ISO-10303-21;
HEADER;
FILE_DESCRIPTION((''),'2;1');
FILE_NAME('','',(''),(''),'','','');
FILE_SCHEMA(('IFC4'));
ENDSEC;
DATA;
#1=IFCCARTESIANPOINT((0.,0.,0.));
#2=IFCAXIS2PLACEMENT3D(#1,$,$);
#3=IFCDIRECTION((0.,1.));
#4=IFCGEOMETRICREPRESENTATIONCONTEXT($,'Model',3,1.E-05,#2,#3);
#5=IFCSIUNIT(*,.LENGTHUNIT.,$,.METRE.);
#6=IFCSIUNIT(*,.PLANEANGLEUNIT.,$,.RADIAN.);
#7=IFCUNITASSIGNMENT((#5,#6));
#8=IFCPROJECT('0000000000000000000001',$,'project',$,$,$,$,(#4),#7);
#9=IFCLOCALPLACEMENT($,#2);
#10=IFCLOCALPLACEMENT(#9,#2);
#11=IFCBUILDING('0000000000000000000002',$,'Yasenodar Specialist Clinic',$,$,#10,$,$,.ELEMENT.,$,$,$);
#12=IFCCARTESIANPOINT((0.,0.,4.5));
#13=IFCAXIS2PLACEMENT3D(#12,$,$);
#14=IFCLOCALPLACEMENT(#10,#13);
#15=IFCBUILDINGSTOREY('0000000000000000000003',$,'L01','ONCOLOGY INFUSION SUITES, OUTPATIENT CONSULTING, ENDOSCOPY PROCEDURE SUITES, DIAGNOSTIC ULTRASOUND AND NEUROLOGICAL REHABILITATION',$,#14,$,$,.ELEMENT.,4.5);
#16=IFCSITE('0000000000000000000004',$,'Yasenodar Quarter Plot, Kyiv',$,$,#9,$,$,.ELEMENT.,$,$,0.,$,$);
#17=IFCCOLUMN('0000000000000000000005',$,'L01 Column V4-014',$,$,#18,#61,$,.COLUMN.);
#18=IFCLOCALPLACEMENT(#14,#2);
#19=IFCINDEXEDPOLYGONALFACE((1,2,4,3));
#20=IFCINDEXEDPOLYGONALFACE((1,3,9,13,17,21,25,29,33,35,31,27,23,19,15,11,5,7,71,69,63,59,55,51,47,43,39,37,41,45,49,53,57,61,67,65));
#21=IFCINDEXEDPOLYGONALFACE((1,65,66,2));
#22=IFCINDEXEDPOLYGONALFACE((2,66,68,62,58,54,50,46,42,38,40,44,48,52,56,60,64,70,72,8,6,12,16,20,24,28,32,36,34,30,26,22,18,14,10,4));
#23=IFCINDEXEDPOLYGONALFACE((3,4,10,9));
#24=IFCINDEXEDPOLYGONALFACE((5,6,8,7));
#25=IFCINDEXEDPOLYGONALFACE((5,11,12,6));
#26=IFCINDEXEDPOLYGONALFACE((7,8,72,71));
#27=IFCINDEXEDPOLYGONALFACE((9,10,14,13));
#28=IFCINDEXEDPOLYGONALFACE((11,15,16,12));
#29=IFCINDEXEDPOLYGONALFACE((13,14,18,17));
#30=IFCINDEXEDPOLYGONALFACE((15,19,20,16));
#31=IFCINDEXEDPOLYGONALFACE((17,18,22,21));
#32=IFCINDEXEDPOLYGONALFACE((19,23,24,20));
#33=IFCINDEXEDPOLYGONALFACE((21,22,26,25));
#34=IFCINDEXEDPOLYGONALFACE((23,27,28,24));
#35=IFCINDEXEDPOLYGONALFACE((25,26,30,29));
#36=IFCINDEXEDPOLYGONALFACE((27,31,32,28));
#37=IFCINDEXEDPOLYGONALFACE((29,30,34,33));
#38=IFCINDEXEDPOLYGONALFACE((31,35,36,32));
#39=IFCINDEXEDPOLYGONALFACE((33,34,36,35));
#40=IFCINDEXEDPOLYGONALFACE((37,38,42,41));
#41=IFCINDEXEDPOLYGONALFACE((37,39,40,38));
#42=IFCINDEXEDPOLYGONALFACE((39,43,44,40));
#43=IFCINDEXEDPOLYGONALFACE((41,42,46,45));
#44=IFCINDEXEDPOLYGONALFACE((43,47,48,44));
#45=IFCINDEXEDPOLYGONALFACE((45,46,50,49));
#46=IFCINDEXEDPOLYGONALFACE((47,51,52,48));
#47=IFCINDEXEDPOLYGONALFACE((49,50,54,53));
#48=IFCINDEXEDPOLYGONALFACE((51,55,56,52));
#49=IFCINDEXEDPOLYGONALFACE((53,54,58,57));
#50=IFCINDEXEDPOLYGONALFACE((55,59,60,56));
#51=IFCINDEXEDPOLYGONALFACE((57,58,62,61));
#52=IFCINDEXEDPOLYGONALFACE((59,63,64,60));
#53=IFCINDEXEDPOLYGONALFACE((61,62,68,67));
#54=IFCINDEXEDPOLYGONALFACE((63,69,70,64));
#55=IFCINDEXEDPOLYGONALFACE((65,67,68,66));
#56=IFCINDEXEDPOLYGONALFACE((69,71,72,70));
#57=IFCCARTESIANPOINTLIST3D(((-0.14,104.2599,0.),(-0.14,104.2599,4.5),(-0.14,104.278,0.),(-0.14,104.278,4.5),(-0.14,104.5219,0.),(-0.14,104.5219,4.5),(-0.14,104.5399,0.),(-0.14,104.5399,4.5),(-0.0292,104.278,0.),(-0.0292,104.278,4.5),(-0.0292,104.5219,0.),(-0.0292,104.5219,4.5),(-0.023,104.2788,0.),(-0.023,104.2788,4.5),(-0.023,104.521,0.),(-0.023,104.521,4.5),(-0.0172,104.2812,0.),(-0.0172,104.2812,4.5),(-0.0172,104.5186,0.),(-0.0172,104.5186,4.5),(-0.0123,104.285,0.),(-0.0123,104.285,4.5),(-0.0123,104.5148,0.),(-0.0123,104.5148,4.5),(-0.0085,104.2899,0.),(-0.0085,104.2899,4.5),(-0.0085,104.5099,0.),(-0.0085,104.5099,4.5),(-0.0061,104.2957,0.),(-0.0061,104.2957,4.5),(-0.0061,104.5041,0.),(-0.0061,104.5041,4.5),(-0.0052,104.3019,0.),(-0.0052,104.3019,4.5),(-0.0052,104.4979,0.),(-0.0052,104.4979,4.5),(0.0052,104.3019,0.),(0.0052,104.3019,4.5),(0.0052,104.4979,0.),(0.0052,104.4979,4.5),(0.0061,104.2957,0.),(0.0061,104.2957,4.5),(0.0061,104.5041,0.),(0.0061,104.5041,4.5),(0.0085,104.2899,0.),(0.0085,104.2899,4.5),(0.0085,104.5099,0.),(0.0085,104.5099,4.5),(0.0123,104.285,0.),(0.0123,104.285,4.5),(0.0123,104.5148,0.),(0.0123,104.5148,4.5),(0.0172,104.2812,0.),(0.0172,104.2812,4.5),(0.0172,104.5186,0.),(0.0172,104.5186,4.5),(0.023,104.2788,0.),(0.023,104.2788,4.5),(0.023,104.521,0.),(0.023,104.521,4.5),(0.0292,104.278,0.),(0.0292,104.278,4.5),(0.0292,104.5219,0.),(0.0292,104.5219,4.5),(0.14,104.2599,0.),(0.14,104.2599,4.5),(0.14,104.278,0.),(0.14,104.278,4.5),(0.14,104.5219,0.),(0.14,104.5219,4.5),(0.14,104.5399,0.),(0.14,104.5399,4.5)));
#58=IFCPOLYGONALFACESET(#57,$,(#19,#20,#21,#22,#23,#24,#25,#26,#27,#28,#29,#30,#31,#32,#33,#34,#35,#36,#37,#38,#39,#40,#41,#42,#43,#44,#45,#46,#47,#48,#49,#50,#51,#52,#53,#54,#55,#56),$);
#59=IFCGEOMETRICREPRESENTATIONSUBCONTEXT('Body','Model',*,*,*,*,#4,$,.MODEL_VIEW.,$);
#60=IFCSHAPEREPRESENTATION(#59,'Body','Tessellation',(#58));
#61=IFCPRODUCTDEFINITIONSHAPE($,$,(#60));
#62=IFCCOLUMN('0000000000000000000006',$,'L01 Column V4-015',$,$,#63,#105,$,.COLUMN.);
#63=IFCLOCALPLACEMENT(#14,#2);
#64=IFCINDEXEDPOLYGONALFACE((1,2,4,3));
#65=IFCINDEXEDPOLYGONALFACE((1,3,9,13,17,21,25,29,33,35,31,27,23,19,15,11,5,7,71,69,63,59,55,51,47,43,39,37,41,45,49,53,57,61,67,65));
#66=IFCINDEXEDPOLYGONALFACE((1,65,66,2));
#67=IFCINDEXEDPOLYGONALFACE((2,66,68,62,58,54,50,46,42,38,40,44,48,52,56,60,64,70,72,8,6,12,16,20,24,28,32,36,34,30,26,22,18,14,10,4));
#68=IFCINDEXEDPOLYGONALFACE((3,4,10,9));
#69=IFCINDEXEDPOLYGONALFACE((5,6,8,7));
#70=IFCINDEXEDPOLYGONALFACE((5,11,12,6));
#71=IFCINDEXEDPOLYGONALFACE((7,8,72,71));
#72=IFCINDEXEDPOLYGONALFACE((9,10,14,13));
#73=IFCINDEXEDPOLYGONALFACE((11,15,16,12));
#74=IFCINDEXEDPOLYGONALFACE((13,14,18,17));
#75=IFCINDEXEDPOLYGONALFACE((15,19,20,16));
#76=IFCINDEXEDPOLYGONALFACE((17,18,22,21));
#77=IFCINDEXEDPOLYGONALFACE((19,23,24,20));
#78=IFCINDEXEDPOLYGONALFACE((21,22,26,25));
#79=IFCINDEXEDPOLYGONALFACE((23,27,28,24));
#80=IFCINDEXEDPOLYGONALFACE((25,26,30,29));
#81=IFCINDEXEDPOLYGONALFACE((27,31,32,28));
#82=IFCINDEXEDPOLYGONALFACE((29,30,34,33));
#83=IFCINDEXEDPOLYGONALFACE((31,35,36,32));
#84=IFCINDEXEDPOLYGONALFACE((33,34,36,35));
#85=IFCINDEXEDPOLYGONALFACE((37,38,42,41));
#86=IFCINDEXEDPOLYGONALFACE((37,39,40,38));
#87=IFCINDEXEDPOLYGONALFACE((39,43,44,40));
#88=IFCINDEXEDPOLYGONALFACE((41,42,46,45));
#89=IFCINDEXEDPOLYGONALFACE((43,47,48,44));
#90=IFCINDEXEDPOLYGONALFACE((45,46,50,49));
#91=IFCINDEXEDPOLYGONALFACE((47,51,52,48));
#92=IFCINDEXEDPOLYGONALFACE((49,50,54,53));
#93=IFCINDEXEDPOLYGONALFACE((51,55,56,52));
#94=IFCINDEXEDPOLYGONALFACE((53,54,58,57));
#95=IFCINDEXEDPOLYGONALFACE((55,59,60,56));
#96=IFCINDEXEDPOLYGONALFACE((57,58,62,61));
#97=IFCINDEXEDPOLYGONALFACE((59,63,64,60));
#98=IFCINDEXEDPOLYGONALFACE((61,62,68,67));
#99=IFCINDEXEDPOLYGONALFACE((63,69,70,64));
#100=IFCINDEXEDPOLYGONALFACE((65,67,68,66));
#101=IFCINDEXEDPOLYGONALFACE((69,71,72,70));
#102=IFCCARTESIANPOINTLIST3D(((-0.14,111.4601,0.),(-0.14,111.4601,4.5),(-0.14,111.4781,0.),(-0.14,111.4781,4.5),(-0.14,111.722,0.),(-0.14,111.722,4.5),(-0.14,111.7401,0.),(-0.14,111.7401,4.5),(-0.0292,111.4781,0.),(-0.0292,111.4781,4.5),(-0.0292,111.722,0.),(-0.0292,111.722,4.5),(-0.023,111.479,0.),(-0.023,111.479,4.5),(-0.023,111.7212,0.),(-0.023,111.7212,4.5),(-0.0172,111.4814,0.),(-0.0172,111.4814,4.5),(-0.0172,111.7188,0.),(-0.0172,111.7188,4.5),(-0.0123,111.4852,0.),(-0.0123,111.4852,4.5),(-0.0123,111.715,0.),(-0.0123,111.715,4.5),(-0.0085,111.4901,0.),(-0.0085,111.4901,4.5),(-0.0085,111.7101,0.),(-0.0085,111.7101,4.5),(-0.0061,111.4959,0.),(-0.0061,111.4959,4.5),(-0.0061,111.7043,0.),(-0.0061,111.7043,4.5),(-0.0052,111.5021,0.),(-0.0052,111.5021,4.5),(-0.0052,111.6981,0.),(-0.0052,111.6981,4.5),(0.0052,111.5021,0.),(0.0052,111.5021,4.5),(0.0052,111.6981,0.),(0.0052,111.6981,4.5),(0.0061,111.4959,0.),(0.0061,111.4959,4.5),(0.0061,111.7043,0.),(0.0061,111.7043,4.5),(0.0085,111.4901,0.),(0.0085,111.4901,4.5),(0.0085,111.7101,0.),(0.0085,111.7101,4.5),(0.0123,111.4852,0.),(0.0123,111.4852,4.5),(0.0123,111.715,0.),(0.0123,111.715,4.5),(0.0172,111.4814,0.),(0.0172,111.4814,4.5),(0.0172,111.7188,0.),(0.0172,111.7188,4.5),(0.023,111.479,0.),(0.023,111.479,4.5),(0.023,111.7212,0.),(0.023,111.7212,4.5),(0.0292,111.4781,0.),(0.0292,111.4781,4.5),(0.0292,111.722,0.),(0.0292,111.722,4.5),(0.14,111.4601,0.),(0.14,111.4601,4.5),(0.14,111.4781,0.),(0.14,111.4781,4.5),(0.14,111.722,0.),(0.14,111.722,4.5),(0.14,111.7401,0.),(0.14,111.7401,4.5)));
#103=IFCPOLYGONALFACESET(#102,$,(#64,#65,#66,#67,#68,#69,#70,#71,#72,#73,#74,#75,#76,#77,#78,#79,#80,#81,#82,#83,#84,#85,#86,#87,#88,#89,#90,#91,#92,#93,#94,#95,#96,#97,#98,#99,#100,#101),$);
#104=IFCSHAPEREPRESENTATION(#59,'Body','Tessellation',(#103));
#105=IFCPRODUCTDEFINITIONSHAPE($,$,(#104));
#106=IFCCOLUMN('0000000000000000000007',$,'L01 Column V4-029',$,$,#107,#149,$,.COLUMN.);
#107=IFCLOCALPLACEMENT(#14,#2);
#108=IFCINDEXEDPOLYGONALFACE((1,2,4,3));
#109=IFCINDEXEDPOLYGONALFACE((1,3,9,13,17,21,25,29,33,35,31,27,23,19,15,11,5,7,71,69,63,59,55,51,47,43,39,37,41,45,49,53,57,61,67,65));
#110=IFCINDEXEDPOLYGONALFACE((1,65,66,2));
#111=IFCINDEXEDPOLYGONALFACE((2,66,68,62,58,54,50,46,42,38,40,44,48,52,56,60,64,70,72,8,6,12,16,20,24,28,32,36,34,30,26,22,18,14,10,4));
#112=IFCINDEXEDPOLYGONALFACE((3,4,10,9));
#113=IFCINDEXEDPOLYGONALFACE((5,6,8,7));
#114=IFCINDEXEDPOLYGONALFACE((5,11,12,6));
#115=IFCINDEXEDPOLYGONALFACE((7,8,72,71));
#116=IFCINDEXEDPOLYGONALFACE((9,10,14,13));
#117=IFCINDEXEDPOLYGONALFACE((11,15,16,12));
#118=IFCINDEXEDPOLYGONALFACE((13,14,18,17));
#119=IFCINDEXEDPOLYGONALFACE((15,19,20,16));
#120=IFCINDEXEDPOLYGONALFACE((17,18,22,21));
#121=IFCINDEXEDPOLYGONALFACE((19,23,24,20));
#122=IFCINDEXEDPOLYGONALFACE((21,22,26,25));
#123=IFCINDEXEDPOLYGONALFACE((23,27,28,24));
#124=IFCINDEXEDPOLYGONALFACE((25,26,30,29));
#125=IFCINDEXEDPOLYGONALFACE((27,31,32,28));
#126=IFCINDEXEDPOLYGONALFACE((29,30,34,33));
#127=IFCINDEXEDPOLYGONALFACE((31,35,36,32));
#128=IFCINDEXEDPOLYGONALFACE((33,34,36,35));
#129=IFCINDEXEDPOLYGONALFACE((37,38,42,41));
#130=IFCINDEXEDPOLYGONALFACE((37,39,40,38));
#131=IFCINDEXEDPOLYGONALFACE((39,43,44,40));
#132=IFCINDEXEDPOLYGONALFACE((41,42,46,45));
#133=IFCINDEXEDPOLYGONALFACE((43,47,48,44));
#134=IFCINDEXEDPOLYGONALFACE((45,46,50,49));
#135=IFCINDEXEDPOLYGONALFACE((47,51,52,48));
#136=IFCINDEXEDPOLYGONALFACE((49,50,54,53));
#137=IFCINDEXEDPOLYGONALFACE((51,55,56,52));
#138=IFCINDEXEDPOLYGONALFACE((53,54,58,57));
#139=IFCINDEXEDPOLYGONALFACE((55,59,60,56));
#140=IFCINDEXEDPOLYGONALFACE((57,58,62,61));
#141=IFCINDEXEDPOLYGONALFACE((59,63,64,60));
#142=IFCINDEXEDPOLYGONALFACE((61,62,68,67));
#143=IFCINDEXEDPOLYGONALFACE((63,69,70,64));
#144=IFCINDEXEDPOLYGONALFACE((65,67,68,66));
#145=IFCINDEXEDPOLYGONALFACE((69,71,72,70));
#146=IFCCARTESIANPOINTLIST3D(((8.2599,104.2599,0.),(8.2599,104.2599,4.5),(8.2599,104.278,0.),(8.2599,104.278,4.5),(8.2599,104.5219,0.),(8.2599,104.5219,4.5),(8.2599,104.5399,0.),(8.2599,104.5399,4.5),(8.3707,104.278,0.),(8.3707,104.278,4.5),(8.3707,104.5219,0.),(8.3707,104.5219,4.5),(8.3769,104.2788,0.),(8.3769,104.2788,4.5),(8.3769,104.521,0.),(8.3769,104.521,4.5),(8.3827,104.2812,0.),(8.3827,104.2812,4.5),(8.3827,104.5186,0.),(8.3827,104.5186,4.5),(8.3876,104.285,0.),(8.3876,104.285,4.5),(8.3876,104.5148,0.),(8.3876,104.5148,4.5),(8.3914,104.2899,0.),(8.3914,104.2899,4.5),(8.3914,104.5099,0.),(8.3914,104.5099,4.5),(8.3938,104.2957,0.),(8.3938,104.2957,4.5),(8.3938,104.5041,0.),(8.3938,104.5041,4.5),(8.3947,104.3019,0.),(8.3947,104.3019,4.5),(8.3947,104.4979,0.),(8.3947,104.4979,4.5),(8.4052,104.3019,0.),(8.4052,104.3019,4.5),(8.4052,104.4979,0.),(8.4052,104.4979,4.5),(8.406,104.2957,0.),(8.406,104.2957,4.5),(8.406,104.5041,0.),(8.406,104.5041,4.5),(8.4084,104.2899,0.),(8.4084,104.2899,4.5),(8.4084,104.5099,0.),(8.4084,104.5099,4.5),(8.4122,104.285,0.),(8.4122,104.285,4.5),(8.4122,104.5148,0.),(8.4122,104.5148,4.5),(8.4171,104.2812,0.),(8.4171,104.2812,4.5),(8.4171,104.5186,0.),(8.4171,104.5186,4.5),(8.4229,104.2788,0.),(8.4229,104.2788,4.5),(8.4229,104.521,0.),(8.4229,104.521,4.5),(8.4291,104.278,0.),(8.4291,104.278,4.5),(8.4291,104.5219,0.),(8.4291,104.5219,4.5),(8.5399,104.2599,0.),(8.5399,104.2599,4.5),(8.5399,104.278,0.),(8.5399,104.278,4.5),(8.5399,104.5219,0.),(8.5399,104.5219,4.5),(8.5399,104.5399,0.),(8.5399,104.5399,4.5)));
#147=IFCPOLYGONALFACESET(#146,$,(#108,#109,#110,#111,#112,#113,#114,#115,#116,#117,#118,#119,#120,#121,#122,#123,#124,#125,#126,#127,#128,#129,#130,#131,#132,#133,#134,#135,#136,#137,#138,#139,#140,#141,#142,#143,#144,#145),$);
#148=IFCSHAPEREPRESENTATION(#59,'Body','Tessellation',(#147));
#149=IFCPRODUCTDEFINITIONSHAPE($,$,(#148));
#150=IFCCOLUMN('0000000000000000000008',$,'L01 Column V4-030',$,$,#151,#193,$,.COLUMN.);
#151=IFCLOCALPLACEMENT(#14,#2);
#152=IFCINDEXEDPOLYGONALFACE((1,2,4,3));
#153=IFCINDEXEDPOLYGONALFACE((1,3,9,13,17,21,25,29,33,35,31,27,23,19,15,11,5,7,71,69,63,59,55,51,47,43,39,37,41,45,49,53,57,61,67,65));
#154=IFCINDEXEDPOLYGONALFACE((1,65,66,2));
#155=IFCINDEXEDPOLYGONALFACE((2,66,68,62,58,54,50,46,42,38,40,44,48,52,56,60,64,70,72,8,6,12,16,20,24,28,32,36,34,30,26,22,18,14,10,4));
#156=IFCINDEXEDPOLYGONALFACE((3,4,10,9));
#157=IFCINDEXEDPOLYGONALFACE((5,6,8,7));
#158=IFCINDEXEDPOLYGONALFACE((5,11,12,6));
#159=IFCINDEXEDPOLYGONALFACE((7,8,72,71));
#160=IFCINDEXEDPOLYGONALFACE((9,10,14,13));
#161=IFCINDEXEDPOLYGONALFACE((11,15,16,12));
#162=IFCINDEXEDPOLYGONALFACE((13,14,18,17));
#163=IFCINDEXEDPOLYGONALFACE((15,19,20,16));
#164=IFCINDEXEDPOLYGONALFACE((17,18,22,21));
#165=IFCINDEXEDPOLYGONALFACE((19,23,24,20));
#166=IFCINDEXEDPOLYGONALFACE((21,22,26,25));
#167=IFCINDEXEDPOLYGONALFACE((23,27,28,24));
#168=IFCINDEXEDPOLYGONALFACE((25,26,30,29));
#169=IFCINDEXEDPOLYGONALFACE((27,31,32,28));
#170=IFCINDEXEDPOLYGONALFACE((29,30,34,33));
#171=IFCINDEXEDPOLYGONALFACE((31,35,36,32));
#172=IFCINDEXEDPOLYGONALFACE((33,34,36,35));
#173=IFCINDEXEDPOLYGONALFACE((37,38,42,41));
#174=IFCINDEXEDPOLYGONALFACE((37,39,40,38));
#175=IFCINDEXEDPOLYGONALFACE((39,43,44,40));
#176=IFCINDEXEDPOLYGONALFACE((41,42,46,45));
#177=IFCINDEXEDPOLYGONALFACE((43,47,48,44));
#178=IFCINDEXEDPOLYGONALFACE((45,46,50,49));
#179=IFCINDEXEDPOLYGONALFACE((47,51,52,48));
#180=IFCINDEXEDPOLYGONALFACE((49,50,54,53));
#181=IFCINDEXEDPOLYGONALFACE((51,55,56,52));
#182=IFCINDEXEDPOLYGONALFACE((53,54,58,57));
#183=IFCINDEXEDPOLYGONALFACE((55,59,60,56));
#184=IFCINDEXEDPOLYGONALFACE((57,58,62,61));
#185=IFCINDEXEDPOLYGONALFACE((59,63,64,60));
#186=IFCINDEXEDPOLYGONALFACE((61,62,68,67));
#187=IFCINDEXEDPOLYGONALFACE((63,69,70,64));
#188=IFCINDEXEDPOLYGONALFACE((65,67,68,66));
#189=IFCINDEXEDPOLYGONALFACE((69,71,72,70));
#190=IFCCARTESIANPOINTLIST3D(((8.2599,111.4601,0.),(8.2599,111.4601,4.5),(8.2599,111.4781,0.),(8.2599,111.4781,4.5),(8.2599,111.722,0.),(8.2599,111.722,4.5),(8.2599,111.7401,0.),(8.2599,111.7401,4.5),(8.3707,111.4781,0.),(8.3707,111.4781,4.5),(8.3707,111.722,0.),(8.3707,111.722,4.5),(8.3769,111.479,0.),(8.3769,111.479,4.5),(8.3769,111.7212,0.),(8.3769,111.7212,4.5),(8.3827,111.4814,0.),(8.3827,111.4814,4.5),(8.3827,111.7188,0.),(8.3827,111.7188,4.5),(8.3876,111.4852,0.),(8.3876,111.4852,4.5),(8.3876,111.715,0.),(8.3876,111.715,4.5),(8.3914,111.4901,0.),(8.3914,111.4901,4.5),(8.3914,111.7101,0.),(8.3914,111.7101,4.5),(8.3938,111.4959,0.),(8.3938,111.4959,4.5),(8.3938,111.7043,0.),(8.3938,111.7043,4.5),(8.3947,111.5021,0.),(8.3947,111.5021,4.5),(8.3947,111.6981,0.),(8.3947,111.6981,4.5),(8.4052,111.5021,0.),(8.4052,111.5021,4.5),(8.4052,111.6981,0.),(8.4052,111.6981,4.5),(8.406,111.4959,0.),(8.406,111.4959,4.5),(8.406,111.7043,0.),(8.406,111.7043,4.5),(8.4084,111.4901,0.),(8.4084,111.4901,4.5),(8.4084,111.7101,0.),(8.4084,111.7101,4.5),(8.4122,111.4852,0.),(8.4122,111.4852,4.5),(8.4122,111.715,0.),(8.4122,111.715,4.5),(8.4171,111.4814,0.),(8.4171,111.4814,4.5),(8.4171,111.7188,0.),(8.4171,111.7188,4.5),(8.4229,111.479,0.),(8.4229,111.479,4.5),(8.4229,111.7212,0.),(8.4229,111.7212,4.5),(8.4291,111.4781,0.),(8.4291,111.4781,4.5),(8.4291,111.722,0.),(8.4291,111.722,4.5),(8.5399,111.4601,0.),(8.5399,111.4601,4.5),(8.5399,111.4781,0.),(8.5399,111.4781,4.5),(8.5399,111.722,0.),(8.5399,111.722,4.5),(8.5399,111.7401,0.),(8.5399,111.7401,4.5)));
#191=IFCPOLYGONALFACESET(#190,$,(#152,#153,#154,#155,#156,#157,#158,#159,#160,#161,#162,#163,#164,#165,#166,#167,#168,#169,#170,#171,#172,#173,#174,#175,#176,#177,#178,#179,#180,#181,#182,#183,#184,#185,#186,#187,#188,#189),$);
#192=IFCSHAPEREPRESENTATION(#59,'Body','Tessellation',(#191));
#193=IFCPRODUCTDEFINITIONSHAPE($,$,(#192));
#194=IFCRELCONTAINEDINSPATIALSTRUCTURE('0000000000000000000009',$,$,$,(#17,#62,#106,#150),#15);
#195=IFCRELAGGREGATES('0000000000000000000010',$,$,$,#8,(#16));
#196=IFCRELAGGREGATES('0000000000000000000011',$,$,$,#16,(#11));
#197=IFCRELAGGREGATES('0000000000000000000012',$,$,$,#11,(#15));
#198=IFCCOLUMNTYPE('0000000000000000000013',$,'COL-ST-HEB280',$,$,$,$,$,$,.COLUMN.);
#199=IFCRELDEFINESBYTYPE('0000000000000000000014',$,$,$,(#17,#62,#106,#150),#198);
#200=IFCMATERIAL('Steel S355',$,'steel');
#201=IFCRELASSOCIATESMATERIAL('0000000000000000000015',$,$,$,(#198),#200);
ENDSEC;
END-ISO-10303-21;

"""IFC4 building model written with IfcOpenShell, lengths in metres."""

from ifc_helpers import new_model, si_unit, direction, frame, origin, origin_2d, place, context, subcontext, project, spatial, i_section, extrude, material, material_profile, profile_set, type_object, element, save


model = new_model("IFC4")

# Units and contexts
model_context = context("Model", 3, precision=1e-05, world=origin(), true_north=direction((0.0, 1.0)))
body_context = subcontext(model_context, "Body", "Model", "MODEL_VIEW")
ifc_project = project(units=[si_unit("LENGTHUNIT", "METRE"), si_unit("PLANEANGLEUNIT", "RADIAN")], contexts=[model_context])

# Site, building, storey
site_placement = place(None, origin())
site = spatial("IfcSite", under=ifc_project, at=site_placement, Name="Yasenodar Quarter Plot, Kyiv", CompositionType="ELEMENT", RefElevation=0.0)
building_placement = place(site_placement, origin())
building = spatial("IfcBuilding", under=site, at=building_placement, Name="Yasenodar Specialist Clinic", CompositionType="ELEMENT")
storey_placement = place(building_placement, frame((0.0, 0.0, 4.5)))
storey = spatial("IfcBuildingStorey", under=building, at=storey_placement, Name="L01", Description="ONCOLOGY INFUSION SUITES, OUTPATIENT CONSULTING, ENDOSCOPY PROCEDURE SUITES, DIAGNOSTIC ULTRASOUND AND NEUROLOGICAL REHABILITATION", CompositionType="ELEMENT", Elevation=4.5)

# Columns
ifc_material_1 = material(Name="Steel S355", Category="steel")
ifc_material_profile_1 = material_profile(ifc_material_1, i_section(OverallWidth=0.28, OverallDepth=0.28, WebThickness=0.0105, FlangeThickness=0.0181, FilletRadius=0.0239, at=origin_2d()), Name="HEB 280")
ifc_profile_set_1 = profile_set([ifc_material_profile_1], Name="Steel S355")
column_type = type_object("IfcColumnType", Name="COL-ST-HEB280", PredefinedType="COLUMN", material=ifc_profile_set_1)
for number, where, z_axis, x_axis, name in (
    (1, (0.0, 104.3999, 0.0), (0.0, 0.0, 1.0), (1.0, 0.0, 0.0), "L01 Column V4-014"),
    (2, (0.0, 111.6001, 0.0), (0.0, 0.0, 1.0), (1.0, 0.0, 0.0), "L01 Column V4-015"),
    (3, (8.3999, 104.3999, 0.0), (0.0, 0.0, 1.0), (1.0, 0.0, 0.0), "L01 Column V4-029"),
    (4, (8.3999, 111.6001, 0.0), (0.0, 0.0, 1.0), (1.0, 0.0, 0.0), "L01 Column V4-030"),
):
    element("IfcColumn", number, at=place(storey_placement, frame(where, z_axis=z_axis, x_axis=x_axis)), inside=storey, type_object=column_type, Name=name, PredefinedType="COLUMN", context=body_context, shape_type="SweptSolid", body=[
        extrude(i_section(OverallWidth=0.28, OverallDepth=0.28, WebThickness=0.0105, FlangeThickness=0.0181, FilletRadius=0.0239, at=origin_2d()), origin(), (0.0, 0.0, 1.0), 4.5),
    ])

save(model, "model.ifc")
